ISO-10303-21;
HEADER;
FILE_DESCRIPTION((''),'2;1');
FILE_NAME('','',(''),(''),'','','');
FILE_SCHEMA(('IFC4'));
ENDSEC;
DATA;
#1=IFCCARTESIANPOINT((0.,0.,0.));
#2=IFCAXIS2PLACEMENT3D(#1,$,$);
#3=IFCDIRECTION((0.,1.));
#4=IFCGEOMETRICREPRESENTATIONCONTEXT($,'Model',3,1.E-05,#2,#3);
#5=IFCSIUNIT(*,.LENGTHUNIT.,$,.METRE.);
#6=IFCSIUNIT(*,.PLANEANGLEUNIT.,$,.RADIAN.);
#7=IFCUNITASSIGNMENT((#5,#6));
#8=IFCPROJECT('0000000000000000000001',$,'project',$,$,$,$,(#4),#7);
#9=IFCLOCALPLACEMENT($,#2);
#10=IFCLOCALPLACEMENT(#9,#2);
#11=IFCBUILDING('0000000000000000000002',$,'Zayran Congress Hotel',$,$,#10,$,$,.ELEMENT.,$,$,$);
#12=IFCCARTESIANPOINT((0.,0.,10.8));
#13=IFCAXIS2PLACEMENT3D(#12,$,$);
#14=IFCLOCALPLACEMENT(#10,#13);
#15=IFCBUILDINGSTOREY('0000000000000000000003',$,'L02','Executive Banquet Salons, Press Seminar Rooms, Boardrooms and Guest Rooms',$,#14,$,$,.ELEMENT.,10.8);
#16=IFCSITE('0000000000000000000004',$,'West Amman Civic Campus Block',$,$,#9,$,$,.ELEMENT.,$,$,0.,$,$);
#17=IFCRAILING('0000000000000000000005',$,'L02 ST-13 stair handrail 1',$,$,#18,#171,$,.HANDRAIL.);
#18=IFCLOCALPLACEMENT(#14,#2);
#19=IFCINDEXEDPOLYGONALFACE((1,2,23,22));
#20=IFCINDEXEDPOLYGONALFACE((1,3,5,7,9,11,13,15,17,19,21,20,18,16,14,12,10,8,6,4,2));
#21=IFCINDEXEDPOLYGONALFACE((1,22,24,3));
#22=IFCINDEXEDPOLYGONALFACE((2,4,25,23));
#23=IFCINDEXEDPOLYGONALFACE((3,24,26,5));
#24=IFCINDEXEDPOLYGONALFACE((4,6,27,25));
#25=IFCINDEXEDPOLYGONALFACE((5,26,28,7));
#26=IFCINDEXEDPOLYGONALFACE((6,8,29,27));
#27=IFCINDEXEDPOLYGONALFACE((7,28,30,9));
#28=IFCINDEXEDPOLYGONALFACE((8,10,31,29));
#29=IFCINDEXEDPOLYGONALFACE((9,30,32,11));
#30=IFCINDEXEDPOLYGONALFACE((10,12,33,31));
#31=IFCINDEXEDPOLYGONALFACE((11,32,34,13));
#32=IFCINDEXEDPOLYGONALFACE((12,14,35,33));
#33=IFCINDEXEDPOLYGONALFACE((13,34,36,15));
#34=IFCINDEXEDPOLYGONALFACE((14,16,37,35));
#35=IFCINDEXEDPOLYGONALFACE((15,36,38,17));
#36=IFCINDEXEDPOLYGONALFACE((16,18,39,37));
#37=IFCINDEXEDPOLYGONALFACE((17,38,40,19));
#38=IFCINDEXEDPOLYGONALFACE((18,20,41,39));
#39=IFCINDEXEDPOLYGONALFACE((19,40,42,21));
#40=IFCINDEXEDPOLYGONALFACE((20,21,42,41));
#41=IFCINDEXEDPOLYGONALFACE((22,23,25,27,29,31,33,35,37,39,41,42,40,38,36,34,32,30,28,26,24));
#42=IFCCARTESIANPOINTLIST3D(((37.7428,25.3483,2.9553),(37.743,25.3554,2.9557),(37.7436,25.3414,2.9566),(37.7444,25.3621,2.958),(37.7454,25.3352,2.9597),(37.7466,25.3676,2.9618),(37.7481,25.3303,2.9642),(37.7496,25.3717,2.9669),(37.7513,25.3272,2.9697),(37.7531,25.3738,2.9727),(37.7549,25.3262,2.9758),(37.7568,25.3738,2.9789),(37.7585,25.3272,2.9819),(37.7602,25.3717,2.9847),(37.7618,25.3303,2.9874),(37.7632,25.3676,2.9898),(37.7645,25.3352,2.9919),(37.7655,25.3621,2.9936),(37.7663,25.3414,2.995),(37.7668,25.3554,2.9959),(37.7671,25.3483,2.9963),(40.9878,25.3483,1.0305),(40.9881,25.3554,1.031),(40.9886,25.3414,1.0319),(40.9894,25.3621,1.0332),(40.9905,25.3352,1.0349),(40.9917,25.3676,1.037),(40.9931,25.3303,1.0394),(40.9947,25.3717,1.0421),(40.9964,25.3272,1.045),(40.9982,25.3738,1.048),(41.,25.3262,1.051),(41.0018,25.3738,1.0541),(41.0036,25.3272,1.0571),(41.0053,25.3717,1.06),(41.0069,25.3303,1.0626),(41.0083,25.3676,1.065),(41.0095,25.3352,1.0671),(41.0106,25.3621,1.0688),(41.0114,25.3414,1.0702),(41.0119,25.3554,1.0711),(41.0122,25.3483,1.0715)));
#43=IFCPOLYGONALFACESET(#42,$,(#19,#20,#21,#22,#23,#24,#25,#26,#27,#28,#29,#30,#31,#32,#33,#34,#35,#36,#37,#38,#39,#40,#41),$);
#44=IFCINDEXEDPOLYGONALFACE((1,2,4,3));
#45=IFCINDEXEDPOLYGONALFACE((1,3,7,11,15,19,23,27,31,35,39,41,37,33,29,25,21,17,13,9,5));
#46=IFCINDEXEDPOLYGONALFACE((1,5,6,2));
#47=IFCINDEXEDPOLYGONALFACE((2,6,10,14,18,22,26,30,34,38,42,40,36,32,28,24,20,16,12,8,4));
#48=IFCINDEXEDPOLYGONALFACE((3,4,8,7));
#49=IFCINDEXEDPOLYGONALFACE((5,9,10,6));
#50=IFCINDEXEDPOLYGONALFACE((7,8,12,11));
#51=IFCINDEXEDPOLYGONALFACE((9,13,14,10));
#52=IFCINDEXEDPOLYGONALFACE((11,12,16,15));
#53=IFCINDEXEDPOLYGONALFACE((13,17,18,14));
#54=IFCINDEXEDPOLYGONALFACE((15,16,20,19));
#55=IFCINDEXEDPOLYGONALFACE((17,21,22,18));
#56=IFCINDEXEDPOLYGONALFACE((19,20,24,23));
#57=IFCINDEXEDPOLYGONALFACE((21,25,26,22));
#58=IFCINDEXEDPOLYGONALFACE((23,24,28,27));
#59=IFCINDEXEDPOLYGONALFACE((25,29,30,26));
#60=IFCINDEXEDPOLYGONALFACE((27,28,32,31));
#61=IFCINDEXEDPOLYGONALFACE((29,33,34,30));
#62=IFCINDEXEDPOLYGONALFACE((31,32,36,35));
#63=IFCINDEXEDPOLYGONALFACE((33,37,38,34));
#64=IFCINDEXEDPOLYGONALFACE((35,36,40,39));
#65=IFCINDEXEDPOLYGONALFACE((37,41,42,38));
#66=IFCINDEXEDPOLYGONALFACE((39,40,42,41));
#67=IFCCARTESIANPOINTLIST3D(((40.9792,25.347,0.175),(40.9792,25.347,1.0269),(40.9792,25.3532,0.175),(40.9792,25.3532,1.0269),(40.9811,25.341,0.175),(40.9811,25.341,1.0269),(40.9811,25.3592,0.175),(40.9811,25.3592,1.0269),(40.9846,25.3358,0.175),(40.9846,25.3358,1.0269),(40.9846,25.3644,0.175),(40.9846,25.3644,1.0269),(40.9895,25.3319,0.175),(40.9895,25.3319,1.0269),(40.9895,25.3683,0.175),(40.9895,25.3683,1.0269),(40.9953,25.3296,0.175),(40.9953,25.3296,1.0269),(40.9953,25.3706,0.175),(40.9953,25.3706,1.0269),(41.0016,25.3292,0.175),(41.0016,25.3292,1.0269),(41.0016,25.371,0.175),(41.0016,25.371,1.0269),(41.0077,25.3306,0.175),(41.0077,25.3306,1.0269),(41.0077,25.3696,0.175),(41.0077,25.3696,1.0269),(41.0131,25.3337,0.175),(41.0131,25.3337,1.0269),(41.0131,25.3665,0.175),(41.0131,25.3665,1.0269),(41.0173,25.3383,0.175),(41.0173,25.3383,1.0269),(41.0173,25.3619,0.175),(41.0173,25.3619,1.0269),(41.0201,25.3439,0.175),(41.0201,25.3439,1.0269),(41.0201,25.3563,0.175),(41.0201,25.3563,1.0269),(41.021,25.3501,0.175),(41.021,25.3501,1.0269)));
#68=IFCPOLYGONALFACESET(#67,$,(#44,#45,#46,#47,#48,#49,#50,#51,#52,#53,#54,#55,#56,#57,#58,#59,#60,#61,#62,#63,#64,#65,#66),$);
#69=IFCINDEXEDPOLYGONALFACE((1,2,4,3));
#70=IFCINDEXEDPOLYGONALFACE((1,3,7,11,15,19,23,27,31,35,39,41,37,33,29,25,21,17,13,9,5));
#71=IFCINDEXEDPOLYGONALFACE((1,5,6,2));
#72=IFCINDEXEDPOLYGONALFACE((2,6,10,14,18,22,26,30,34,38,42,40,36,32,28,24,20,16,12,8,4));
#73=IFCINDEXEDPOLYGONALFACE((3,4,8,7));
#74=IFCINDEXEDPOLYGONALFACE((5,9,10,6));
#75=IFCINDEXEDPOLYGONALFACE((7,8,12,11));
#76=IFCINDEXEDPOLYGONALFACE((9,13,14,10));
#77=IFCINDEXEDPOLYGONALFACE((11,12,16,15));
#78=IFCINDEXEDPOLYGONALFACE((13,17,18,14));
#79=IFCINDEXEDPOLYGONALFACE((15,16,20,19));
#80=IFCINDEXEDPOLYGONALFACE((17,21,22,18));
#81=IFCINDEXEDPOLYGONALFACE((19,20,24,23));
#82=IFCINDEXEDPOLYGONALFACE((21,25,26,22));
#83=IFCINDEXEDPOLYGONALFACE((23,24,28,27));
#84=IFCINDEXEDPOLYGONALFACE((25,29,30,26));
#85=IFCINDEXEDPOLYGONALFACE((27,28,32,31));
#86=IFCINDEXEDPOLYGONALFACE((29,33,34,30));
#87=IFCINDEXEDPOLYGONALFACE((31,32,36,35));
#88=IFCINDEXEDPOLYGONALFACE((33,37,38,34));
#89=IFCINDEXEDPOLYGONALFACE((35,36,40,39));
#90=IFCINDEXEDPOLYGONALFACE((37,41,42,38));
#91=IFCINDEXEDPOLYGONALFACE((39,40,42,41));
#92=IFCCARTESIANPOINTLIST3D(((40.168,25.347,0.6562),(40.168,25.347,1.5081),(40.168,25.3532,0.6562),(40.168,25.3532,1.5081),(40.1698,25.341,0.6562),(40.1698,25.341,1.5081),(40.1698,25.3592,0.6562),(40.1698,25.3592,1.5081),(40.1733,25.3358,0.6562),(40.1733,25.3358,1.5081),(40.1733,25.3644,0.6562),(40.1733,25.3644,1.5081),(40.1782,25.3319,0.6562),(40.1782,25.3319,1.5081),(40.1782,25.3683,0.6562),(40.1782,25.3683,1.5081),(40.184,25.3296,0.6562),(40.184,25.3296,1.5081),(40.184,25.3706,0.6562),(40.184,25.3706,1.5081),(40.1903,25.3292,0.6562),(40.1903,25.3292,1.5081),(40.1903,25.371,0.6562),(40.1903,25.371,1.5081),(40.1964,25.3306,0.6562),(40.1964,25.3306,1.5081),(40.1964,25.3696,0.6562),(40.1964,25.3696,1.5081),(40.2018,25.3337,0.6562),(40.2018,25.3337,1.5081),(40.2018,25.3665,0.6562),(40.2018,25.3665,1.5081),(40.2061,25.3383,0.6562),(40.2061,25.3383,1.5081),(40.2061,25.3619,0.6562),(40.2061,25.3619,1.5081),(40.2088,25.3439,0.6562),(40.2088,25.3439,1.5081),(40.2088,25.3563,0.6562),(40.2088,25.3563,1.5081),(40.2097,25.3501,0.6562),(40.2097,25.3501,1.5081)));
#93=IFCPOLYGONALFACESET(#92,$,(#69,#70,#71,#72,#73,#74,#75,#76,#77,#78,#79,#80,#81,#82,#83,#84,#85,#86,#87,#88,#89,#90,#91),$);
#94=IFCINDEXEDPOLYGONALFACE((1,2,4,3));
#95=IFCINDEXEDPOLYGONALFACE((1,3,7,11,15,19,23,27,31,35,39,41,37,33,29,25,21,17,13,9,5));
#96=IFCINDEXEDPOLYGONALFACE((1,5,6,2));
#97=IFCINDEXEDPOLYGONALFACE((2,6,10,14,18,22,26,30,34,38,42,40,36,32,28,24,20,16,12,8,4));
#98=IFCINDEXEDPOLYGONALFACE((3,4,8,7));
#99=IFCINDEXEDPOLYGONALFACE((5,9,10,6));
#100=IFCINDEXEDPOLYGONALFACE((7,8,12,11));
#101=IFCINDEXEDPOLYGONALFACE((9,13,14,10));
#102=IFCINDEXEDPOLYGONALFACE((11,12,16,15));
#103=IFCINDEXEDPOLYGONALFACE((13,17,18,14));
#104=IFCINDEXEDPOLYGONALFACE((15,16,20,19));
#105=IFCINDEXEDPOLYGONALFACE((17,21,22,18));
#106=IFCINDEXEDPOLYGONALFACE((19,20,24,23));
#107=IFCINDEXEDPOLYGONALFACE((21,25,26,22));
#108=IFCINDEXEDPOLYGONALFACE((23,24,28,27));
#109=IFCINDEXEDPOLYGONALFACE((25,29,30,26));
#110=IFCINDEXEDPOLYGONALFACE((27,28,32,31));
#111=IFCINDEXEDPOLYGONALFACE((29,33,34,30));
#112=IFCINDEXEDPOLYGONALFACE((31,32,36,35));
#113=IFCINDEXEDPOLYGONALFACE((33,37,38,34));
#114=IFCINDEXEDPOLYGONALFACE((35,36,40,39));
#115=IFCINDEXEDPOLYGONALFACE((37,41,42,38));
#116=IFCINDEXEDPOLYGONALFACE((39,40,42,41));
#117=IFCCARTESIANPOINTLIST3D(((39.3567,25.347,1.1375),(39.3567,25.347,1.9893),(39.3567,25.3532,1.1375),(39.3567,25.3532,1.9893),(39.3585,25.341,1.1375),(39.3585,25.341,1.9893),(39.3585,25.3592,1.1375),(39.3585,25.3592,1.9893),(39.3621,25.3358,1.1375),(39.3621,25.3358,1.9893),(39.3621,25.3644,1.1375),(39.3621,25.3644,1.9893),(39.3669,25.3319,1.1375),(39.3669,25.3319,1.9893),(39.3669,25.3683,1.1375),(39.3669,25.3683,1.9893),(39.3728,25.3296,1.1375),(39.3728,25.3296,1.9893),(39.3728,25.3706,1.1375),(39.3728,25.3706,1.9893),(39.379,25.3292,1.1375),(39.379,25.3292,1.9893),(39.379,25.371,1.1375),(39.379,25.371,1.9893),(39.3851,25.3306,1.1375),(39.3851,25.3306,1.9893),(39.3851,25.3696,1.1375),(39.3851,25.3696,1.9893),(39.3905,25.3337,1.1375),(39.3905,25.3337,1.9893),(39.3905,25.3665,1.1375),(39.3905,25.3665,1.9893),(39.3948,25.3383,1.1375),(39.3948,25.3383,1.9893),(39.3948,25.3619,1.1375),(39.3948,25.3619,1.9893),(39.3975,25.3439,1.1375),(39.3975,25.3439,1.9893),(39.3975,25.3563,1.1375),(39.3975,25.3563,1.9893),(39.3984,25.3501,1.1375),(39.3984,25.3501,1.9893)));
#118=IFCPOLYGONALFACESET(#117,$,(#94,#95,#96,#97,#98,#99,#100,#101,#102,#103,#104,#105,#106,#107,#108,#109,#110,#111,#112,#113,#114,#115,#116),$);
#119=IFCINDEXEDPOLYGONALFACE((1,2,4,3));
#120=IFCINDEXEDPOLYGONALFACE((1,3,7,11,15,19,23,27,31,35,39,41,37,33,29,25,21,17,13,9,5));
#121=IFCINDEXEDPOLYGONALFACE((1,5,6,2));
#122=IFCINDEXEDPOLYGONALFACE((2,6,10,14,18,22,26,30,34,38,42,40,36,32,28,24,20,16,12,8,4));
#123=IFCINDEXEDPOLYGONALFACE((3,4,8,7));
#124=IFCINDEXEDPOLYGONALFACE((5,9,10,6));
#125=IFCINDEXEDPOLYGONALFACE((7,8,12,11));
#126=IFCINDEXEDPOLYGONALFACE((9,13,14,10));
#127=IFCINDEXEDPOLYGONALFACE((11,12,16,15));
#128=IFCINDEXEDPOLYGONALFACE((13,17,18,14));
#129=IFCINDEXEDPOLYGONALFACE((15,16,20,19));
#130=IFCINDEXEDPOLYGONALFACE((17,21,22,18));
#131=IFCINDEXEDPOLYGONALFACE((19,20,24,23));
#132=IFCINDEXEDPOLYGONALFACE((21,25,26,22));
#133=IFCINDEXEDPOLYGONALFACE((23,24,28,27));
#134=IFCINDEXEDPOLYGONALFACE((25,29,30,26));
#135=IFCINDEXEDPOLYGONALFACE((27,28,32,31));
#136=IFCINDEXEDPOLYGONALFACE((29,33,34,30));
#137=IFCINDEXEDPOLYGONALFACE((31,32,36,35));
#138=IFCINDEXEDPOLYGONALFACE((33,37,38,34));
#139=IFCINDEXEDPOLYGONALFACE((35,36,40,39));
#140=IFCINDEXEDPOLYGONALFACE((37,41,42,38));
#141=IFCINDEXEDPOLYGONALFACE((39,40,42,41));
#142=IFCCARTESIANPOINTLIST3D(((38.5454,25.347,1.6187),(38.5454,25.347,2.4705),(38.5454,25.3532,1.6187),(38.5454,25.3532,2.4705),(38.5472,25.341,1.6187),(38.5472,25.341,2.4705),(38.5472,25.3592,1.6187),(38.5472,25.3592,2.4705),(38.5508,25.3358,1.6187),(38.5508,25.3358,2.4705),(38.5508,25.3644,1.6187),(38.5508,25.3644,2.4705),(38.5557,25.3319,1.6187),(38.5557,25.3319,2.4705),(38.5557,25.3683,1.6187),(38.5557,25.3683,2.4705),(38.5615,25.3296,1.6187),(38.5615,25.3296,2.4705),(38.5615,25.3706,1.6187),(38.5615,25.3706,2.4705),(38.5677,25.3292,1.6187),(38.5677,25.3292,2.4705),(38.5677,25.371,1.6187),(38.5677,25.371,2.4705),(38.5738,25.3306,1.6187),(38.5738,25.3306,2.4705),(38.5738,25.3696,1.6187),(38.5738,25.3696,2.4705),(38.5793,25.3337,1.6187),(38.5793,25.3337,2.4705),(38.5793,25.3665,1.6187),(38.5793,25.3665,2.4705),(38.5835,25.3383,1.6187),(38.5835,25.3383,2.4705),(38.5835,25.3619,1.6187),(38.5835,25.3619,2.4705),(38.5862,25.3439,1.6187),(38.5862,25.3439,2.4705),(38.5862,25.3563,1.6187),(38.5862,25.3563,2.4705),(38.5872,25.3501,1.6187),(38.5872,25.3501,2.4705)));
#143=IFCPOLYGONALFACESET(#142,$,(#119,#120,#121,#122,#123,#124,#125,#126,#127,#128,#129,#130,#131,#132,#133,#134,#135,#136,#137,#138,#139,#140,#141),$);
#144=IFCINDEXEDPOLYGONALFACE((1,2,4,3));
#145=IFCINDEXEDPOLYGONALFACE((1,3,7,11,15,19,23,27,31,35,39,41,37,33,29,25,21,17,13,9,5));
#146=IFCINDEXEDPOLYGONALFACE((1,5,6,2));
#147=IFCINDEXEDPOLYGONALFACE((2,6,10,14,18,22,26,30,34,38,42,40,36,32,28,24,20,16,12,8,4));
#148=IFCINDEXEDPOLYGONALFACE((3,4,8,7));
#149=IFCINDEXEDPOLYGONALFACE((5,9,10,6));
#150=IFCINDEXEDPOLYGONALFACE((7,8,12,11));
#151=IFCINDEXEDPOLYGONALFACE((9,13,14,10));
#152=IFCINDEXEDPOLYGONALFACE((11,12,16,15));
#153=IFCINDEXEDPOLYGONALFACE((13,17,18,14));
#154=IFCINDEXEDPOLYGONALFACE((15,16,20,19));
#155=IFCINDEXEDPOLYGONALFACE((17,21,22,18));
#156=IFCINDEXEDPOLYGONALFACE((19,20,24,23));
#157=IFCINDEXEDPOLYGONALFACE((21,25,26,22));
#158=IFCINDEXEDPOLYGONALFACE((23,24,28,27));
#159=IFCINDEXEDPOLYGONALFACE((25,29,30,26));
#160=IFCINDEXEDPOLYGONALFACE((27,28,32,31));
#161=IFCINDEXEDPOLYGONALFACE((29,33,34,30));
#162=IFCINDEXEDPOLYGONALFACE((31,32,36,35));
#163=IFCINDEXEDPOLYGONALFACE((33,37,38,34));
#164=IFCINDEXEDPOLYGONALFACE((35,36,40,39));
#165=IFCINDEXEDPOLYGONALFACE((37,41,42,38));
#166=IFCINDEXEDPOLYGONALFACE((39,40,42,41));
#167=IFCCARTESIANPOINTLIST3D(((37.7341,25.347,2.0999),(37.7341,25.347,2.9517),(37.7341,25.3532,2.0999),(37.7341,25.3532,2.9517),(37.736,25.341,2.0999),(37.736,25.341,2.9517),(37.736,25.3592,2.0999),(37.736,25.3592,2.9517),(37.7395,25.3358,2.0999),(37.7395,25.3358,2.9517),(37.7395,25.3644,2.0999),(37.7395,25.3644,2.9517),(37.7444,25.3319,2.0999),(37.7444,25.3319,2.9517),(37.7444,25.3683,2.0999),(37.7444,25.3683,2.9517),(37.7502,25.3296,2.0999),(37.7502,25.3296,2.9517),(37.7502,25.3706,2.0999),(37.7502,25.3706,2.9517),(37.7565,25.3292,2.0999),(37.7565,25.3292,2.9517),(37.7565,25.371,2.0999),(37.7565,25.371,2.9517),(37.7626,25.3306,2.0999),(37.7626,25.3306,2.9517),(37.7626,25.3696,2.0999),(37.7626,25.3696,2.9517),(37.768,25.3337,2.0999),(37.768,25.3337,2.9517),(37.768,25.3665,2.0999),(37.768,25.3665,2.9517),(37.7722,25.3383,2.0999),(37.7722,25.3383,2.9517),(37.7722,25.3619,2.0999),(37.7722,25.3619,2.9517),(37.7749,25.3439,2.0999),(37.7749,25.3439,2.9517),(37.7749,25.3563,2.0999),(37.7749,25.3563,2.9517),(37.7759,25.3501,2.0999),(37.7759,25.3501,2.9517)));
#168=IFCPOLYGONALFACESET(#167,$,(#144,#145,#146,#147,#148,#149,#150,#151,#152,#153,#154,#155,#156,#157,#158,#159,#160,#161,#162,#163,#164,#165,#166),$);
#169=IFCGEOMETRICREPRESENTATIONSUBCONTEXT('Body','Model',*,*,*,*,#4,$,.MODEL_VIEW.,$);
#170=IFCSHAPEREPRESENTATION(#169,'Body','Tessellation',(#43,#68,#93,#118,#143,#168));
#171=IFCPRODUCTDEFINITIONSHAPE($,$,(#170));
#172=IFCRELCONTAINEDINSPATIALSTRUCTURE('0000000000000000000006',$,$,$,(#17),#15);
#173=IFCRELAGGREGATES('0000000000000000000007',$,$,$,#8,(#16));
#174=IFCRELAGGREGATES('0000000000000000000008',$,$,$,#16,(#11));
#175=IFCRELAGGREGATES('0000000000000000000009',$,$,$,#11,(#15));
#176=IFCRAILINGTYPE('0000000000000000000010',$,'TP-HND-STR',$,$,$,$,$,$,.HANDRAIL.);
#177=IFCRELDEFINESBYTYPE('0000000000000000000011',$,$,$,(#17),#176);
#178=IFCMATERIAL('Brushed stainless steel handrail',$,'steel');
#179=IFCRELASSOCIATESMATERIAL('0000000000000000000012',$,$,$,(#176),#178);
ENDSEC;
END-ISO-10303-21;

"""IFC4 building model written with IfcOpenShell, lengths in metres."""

from ifc_helpers import new_model, si_unit, direction, frame, origin, origin_2d, place, context, subcontext, project, spatial, circle, extrude, material, type_object, element, save


model = new_model("IFC4")

# Units and contexts
model_context = context("Model", 3, precision=1e-05, world=origin(), true_north=direction((0.0, 1.0)))
body_context = subcontext(model_context, "Body", "Model", "MODEL_VIEW")
ifc_project = project(units=[si_unit("LENGTHUNIT", "METRE"), si_unit("PLANEANGLEUNIT", "RADIAN")], contexts=[model_context])

# Site, building, storey
site_placement = place(None, origin())
site = spatial("IfcSite", under=ifc_project, at=site_placement, Name="West Amman Civic Campus Block", CompositionType="ELEMENT", RefElevation=0.0)
building_placement = place(site_placement, origin())
building = spatial("IfcBuilding", under=site, at=building_placement, Name="Zayran Congress Hotel", CompositionType="ELEMENT")
storey_placement = place(building_placement, frame((0.0, 0.0, 10.8)))
storey = spatial("IfcBuildingStorey", under=building, at=storey_placement, Name="L02", Description="Executive Banquet Salons, Press Seminar Rooms, Boardrooms and Guest Rooms", CompositionType="ELEMENT", Elevation=10.8)

# Railing
ifc_material_1 = material(Name="Brushed stainless steel handrail", Category="steel")
railing_type_1 = type_object("IfcRailingType", Name="TP-HND-STR", PredefinedType="HANDRAIL", material=ifc_material_1)
railing_1_placement = place(storey_placement, frame((41.0, 25.3501, 0.175)))
element("IfcRailing", 1, at=railing_1_placement, inside=storey, type_object=railing_type_1, Name="L02 ST-13 stair handrail 1", PredefinedType="HANDRAIL", context=body_context, shape_type="SweptSolid", body=[
    extrude(circle(Radius=0.0239, at=origin_2d()), frame((0.0, 0.0, 0.876), z_axis=(-0.860085, 0.0, 0.51015), x_axis=(0.0, -1.0, 0.0)), (0.0, 0.0, 1.0), 3.7729),
    extrude(circle(Radius=0.021, at=origin_2d()), origin(), (0.0, 0.0, 1.0), 0.8518),
    extrude(circle(Radius=0.021, at=origin_2d()), frame((-0.8113, 0.0, 0.4812)), (0.0, 0.0, 1.0), 0.8518),
    extrude(circle(Radius=0.021, at=origin_2d()), frame((-1.6226, 0.0, 0.9624)), (0.0, 0.0, 1.0), 0.8518),
    extrude(circle(Radius=0.021, at=origin_2d()), frame((-2.4338, 0.0, 1.4436)), (0.0, 0.0, 1.0), 0.8518),
    extrude(circle(Radius=0.021, at=origin_2d()), frame((-3.2451, 0.0, 1.9248)), (0.0, 0.0, 1.0), 0.8518),
])

save(model, "model.ifc")
